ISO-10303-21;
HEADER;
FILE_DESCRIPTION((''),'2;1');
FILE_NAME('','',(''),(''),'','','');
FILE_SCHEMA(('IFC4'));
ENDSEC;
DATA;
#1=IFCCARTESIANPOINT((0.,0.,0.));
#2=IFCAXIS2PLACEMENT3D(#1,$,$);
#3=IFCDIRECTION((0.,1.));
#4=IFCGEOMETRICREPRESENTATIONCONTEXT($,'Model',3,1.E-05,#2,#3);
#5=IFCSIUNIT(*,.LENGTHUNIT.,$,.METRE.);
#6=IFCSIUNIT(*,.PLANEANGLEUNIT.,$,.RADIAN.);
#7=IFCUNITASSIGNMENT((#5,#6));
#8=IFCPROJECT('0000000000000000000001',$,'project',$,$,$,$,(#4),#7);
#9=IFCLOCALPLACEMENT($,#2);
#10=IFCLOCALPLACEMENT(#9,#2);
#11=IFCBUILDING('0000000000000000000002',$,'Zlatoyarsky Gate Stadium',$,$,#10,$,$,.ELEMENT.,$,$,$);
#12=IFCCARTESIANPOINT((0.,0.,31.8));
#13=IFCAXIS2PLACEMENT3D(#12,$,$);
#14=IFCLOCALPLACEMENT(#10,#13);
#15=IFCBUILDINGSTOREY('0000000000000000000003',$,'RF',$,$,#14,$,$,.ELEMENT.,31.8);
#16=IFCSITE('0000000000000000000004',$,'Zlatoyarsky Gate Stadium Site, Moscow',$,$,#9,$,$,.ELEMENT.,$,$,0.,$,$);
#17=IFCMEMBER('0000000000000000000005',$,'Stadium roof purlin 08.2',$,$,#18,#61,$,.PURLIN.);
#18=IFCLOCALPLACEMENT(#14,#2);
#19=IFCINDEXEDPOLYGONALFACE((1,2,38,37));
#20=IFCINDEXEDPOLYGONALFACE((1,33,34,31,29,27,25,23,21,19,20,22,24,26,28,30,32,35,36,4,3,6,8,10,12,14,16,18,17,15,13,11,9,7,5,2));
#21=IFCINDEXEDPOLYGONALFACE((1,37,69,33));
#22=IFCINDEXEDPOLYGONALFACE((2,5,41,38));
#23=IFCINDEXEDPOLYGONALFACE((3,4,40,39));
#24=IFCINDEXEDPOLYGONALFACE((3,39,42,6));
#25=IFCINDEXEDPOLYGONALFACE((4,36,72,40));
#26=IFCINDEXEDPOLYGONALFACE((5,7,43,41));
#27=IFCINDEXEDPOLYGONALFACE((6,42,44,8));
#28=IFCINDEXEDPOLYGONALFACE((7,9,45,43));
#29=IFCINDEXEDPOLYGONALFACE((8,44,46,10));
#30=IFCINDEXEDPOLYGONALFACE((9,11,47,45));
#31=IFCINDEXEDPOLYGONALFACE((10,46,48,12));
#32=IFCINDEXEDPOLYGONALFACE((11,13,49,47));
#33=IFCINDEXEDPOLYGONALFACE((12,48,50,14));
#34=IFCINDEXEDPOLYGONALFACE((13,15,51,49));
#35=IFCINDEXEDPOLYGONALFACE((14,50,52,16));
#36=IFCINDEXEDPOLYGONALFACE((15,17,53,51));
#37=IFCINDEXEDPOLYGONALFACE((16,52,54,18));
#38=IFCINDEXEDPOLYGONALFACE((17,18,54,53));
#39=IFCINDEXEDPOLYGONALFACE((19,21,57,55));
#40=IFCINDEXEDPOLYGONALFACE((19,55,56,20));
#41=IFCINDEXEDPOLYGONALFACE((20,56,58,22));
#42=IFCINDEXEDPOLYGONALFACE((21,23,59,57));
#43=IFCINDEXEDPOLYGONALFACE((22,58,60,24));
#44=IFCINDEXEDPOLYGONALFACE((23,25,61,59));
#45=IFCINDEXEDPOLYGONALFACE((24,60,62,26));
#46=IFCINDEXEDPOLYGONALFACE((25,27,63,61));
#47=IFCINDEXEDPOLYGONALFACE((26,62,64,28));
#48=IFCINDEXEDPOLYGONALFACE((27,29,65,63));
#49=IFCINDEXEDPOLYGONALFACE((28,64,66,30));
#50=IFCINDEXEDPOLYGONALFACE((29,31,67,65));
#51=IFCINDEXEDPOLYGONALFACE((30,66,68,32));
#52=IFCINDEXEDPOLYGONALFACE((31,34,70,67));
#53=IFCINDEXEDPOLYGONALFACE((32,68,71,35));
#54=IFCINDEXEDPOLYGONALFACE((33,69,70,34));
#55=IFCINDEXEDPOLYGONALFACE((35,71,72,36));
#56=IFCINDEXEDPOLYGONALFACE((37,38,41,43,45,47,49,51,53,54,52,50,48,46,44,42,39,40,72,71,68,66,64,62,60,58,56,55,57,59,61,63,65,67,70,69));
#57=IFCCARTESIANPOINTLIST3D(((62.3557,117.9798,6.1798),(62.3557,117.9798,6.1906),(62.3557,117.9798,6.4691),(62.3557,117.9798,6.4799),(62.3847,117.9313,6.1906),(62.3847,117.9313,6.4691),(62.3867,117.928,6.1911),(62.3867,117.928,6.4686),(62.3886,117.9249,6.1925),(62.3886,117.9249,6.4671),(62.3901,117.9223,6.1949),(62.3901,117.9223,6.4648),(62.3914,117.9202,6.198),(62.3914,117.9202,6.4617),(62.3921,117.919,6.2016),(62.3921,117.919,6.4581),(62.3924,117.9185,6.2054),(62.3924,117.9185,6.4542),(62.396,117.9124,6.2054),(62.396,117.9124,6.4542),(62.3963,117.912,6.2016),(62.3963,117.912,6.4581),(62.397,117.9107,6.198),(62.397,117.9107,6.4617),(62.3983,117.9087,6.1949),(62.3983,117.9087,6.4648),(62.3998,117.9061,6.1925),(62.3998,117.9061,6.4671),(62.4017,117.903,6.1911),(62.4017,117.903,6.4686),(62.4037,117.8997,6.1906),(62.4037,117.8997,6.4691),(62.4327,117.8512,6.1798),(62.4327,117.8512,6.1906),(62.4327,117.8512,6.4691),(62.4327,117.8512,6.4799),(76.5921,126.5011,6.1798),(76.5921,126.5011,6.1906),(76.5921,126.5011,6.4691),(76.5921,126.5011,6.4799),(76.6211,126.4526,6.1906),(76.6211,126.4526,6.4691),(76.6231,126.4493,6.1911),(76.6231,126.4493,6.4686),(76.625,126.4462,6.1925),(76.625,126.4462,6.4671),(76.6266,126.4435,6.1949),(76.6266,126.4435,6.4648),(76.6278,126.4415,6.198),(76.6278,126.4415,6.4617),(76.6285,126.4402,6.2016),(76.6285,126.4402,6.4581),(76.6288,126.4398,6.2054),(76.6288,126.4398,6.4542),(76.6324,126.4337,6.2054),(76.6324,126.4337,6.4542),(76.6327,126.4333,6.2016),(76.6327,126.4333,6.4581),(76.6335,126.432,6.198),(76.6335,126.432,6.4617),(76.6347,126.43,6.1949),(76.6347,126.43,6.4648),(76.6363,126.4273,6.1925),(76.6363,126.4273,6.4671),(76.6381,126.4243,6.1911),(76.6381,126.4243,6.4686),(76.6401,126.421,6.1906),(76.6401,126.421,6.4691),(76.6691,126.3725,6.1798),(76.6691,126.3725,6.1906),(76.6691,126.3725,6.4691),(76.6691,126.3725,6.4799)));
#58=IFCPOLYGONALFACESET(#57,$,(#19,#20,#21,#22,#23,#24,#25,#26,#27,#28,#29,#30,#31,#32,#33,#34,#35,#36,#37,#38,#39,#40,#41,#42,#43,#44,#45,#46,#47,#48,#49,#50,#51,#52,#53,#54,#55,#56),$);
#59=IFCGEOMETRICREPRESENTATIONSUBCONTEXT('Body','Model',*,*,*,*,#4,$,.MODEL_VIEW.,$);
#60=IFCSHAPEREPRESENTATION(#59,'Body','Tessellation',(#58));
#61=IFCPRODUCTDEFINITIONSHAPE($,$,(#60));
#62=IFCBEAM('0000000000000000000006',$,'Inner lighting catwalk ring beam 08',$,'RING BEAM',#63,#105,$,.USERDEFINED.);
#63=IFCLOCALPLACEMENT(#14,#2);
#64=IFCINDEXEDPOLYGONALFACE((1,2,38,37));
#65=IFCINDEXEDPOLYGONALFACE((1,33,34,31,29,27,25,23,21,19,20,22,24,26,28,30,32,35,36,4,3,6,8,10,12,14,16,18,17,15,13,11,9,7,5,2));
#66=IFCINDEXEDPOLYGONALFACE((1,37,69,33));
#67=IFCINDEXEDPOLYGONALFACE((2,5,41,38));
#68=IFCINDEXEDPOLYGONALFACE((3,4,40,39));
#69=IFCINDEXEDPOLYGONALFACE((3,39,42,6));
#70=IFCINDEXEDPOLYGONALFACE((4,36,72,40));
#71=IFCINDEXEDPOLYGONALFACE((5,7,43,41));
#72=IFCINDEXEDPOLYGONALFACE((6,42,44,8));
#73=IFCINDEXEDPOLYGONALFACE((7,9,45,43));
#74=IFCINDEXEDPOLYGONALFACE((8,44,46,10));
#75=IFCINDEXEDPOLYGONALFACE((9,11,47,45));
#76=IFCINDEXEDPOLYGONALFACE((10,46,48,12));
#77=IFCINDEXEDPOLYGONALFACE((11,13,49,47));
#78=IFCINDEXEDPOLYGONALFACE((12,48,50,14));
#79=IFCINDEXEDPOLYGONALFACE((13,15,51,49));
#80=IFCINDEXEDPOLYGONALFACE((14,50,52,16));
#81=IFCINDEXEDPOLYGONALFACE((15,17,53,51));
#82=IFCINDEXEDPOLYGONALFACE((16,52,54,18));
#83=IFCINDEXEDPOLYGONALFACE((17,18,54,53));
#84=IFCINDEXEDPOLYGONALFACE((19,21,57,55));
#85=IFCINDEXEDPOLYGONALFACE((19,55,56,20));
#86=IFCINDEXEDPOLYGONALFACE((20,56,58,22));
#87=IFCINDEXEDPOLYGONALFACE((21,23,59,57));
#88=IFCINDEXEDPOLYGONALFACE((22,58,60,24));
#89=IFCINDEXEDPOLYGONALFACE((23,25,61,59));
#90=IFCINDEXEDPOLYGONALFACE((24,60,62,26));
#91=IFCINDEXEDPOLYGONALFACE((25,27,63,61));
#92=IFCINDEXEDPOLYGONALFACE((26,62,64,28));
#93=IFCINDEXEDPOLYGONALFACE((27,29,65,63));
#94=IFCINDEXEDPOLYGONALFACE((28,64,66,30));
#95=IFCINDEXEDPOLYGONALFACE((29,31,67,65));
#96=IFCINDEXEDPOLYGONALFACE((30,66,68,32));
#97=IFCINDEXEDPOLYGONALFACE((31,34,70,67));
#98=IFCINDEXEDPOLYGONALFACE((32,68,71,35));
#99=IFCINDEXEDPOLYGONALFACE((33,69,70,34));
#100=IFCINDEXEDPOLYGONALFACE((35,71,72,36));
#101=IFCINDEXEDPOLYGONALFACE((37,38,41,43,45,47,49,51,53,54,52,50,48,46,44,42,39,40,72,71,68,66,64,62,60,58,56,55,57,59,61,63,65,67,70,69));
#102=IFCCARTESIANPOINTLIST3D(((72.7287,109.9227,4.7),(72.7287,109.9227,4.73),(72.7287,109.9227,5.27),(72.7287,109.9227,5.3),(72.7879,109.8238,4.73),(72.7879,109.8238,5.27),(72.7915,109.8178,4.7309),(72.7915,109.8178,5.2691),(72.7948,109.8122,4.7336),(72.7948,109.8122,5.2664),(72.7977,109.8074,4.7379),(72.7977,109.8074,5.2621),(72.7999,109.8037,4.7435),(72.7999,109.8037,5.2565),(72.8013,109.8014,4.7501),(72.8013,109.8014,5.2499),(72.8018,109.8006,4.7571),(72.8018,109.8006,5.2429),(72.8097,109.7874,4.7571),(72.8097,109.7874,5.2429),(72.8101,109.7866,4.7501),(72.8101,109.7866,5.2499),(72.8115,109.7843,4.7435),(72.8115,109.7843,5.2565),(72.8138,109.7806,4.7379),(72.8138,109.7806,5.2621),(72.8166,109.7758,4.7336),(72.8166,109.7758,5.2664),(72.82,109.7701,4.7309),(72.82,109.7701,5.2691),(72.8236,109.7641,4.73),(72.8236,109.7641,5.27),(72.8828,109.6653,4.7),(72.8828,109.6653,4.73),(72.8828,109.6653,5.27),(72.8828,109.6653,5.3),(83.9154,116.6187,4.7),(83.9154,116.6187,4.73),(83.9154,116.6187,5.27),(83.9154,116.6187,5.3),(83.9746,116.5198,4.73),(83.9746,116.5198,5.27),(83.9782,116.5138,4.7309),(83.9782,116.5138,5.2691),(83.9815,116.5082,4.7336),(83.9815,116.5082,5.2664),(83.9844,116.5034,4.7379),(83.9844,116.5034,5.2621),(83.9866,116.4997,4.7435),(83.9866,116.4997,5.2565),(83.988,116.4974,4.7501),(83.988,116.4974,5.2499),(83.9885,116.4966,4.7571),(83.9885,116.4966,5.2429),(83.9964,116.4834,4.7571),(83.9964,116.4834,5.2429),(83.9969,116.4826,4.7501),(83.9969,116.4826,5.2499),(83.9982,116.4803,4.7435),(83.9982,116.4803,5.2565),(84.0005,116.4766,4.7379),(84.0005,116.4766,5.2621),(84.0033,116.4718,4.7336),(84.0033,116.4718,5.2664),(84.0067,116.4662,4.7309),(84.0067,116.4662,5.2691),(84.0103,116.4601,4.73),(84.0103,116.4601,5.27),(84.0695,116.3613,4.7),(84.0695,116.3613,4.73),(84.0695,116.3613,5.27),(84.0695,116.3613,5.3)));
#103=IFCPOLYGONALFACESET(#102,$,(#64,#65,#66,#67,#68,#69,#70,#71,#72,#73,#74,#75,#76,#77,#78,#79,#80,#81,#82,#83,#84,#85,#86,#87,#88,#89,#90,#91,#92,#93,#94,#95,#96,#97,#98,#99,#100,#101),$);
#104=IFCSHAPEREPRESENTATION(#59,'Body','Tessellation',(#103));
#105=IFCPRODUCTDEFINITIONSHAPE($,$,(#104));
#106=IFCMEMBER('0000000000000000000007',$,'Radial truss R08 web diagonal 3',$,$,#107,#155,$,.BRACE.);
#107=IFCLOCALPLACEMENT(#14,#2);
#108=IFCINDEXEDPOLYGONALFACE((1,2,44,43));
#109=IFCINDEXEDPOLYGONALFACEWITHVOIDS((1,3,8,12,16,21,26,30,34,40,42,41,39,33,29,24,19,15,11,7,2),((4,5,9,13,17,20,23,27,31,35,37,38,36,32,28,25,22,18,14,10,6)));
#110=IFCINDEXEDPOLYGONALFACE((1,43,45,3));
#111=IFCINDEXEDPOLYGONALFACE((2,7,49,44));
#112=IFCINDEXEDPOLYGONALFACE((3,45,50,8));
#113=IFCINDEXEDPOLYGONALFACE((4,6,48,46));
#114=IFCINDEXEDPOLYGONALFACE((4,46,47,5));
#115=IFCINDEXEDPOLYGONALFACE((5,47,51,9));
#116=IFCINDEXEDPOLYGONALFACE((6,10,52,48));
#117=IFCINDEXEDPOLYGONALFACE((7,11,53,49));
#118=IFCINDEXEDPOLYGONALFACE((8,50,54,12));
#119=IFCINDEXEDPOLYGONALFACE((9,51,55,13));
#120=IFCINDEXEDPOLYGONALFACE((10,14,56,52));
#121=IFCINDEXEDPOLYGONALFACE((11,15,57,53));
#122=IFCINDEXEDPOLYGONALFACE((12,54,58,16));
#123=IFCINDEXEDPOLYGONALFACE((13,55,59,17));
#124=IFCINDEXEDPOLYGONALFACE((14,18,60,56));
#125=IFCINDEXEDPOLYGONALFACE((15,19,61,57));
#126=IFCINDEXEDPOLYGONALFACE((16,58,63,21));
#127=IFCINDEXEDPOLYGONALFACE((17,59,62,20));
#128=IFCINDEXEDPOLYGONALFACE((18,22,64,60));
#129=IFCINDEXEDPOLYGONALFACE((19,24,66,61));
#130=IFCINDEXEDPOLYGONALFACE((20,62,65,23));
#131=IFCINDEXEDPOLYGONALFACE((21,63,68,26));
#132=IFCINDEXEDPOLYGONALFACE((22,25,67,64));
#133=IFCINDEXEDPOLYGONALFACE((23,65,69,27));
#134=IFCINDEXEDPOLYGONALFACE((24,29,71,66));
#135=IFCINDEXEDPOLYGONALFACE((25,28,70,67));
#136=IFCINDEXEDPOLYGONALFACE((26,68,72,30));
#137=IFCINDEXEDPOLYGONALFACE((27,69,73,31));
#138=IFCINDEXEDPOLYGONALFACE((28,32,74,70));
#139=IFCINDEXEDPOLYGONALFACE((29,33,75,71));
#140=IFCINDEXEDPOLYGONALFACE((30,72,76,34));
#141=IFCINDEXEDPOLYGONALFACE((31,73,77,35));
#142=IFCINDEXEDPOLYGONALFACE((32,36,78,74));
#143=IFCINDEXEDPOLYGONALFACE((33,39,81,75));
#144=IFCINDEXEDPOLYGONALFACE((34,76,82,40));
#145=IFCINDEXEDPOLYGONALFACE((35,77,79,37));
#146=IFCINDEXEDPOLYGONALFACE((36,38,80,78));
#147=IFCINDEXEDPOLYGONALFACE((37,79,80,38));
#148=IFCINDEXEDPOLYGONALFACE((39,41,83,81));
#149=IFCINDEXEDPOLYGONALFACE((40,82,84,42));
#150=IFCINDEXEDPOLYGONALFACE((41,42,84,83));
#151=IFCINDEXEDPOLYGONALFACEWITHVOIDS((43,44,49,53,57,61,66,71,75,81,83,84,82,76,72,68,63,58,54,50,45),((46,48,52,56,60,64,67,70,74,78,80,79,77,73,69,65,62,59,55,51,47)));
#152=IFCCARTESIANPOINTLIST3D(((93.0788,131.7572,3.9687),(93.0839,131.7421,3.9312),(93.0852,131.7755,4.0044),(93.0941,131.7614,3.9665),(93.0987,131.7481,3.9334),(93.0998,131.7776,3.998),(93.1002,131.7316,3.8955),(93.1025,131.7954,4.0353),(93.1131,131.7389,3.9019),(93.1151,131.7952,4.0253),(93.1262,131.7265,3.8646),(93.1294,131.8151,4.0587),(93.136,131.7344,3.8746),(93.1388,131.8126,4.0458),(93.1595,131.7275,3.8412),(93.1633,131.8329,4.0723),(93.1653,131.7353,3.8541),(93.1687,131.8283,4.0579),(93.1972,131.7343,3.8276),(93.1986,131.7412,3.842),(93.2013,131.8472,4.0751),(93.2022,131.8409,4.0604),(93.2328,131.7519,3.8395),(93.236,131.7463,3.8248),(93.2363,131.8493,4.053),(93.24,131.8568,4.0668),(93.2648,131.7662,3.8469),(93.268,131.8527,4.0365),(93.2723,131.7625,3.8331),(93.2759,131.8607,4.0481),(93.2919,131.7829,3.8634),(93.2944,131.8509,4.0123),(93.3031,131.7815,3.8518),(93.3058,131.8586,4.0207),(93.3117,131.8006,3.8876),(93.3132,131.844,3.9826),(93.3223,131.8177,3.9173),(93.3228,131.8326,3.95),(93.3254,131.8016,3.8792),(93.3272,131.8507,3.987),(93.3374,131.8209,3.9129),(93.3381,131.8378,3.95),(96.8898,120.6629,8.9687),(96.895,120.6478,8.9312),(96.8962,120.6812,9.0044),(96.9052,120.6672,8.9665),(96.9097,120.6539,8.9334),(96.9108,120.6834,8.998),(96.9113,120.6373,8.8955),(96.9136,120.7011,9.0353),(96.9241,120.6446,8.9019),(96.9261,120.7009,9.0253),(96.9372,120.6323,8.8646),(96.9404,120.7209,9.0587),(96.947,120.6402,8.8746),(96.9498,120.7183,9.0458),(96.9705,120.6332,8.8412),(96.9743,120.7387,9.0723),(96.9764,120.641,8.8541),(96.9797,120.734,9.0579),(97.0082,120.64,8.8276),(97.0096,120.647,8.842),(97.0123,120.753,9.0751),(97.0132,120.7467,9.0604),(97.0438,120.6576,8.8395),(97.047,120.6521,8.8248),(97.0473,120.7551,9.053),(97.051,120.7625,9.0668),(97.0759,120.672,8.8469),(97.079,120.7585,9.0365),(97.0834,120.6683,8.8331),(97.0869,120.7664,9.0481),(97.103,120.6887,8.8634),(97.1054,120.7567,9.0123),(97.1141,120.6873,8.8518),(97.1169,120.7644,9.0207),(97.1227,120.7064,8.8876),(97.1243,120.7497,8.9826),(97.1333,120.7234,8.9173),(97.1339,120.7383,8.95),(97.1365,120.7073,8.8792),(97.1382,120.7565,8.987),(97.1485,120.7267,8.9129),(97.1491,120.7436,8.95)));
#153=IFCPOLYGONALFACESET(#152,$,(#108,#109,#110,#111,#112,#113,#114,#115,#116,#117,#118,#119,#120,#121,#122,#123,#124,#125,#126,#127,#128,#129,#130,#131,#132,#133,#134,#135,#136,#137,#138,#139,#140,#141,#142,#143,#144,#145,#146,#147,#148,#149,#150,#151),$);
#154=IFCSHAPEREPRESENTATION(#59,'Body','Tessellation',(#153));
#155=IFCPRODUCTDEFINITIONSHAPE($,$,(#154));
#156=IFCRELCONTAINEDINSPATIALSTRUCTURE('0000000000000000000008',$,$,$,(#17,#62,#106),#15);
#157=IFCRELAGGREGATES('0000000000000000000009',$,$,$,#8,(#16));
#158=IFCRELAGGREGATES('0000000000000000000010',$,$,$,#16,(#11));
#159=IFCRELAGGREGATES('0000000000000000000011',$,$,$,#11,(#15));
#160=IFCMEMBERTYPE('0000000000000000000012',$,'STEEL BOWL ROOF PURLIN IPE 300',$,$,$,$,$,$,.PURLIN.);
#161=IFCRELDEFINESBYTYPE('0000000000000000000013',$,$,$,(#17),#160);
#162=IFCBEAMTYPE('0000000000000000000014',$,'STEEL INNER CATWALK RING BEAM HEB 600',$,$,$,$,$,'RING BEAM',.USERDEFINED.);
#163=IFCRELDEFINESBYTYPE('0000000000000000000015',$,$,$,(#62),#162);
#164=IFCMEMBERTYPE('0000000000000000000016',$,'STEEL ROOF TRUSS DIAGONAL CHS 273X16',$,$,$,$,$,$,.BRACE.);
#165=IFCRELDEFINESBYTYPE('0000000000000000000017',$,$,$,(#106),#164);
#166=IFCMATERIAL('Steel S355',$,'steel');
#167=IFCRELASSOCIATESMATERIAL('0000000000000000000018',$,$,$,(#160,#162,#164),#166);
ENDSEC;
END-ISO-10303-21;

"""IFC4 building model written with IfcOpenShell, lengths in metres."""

from ifc_helpers import new_model, si_unit, direction, frame, origin, origin_2d, place, context, subcontext, project, spatial, hollow_circle, i_section, extrude, material, material_profile, profile_set, type_object, element, save


model = new_model("IFC4")

# Units and contexts
model_context = context("Model", 3, precision=1e-05, world=origin(), true_north=direction((0.0, 1.0)))
body_context = subcontext(model_context, "Body", "Model", "MODEL_VIEW")
ifc_project = project(units=[si_unit("LENGTHUNIT", "METRE"), si_unit("PLANEANGLEUNIT", "RADIAN")], contexts=[model_context])

# Site, building, storey
site_placement = place(None, origin())
site = spatial("IfcSite", under=ifc_project, at=site_placement, Name="Zlatoyarsky Gate Stadium Site, Moscow", CompositionType="ELEMENT", RefElevation=0.0)
building_placement = place(site_placement, origin())
building = spatial("IfcBuilding", under=site, at=building_placement, Name="Zlatoyarsky Gate Stadium", CompositionType="ELEMENT")
storey_placement = place(building_placement, frame((0.0, 0.0, 31.8)))
storey = spatial("IfcBuildingStorey", under=building, at=storey_placement, Name="RF", CompositionType="ELEMENT", Elevation=31.8)

# Member
ifc_material_1 = material(Name="Steel S355", Category="steel")
ifc_material_profile_1 = material_profile(ifc_material_1, i_section(OverallWidth=0.1499, OverallDepth=0.3, WebThickness=0.0071, FlangeThickness=0.0107, FilletRadius=0.0149, at=origin_2d()), Name="IPE 300")
ifc_profile_set_1 = profile_set([ifc_material_profile_1], Name="Steel S355")
member_type_1 = type_object("IfcMemberType", Name="STEEL BOWL ROOF PURLIN IPE 300", PredefinedType="PURLIN", material=ifc_profile_set_1)
member_1_placement = place(storey_placement, frame((76.6306, 126.4368, 6.3298), z_axis=(-0.858039, -0.513584, 0.0), x_axis=(0.513584, -0.858039, 0.0)))
element("IfcMember", 1, at=member_1_placement, inside=storey, type_object=member_type_1, Name="Stadium roof purlin 08.2", PredefinedType="PURLIN", context=body_context, shape_type="SweptSolid", body=[
    extrude(i_section(OverallWidth=0.1499, OverallDepth=0.3, WebThickness=0.0071, FlangeThickness=0.0107, FilletRadius=0.0149, at=origin_2d()), origin(), (0.0, 0.0, 1.0), 16.5918),
])

# Beam
ifc_material_profile_2 = material_profile(ifc_material_1, i_section(OverallWidth=0.3, OverallDepth=0.6001, WebThickness=0.0154, FlangeThickness=0.03, FilletRadius=0.0271, at=origin_2d()), Name="HEB 600")
ifc_profile_set_2 = profile_set([ifc_material_profile_2], Name="Steel S355")
beam_type = type_object("IfcBeamType", Name="STEEL INNER CATWALK RING BEAM HEB 600", ElementType="RING BEAM", PredefinedType="USERDEFINED", material=ifc_profile_set_2)
beam_placement = place(storey_placement, frame((83.9924, 116.49, 5.0), z_axis=(-0.858034, -0.513592, 0.0), x_axis=(0.513592, -0.858034, 0.0)))
element("IfcBeam", 2, at=beam_placement, inside=storey, type_object=beam_type, Name="Inner lighting catwalk ring beam 08", ObjectType="RING BEAM", PredefinedType="USERDEFINED", context=body_context, shape_type="SweptSolid", body=[
    extrude(i_section(OverallWidth=0.3, OverallDepth=0.6001, WebThickness=0.0154, FlangeThickness=0.03, FilletRadius=0.0271, at=origin_2d()), origin(), (0.0, 0.0, 1.0), 13.0376),
])

# Member
ifc_material_profile_3 = material_profile(ifc_material_1, hollow_circle(Radius=0.1365, WallThickness=0.0161, at=origin_2d()), Name="CHS 273X16")
ifc_profile_set_3 = profile_set([ifc_material_profile_3], Name="Steel S355")
member_type_2 = type_object("IfcMemberType", Name="STEEL ROOF TRUSS DIAGONAL CHS 273X16", PredefinedType="BRACE", material=ifc_profile_set_3)
member_2_placement = place(storey_placement, frame((93.209, 131.7935, 3.95), z_axis=(0.298865, -0.87002, 0.392104), x_axis=(0.945755, 0.324881, 0.0)))
element("IfcMember", 3, at=member_2_placement, inside=storey, type_object=member_type_2, Name="Radial truss R08 web diagonal 3", PredefinedType="BRACE", context=body_context, shape_type="SweptSolid", body=[
    extrude(hollow_circle(Radius=0.1365, WallThickness=0.0161, at=origin_2d()), origin(), (0.0, 0.0, 1.0), 12.7517),
])

save(model, "model.ifc")
